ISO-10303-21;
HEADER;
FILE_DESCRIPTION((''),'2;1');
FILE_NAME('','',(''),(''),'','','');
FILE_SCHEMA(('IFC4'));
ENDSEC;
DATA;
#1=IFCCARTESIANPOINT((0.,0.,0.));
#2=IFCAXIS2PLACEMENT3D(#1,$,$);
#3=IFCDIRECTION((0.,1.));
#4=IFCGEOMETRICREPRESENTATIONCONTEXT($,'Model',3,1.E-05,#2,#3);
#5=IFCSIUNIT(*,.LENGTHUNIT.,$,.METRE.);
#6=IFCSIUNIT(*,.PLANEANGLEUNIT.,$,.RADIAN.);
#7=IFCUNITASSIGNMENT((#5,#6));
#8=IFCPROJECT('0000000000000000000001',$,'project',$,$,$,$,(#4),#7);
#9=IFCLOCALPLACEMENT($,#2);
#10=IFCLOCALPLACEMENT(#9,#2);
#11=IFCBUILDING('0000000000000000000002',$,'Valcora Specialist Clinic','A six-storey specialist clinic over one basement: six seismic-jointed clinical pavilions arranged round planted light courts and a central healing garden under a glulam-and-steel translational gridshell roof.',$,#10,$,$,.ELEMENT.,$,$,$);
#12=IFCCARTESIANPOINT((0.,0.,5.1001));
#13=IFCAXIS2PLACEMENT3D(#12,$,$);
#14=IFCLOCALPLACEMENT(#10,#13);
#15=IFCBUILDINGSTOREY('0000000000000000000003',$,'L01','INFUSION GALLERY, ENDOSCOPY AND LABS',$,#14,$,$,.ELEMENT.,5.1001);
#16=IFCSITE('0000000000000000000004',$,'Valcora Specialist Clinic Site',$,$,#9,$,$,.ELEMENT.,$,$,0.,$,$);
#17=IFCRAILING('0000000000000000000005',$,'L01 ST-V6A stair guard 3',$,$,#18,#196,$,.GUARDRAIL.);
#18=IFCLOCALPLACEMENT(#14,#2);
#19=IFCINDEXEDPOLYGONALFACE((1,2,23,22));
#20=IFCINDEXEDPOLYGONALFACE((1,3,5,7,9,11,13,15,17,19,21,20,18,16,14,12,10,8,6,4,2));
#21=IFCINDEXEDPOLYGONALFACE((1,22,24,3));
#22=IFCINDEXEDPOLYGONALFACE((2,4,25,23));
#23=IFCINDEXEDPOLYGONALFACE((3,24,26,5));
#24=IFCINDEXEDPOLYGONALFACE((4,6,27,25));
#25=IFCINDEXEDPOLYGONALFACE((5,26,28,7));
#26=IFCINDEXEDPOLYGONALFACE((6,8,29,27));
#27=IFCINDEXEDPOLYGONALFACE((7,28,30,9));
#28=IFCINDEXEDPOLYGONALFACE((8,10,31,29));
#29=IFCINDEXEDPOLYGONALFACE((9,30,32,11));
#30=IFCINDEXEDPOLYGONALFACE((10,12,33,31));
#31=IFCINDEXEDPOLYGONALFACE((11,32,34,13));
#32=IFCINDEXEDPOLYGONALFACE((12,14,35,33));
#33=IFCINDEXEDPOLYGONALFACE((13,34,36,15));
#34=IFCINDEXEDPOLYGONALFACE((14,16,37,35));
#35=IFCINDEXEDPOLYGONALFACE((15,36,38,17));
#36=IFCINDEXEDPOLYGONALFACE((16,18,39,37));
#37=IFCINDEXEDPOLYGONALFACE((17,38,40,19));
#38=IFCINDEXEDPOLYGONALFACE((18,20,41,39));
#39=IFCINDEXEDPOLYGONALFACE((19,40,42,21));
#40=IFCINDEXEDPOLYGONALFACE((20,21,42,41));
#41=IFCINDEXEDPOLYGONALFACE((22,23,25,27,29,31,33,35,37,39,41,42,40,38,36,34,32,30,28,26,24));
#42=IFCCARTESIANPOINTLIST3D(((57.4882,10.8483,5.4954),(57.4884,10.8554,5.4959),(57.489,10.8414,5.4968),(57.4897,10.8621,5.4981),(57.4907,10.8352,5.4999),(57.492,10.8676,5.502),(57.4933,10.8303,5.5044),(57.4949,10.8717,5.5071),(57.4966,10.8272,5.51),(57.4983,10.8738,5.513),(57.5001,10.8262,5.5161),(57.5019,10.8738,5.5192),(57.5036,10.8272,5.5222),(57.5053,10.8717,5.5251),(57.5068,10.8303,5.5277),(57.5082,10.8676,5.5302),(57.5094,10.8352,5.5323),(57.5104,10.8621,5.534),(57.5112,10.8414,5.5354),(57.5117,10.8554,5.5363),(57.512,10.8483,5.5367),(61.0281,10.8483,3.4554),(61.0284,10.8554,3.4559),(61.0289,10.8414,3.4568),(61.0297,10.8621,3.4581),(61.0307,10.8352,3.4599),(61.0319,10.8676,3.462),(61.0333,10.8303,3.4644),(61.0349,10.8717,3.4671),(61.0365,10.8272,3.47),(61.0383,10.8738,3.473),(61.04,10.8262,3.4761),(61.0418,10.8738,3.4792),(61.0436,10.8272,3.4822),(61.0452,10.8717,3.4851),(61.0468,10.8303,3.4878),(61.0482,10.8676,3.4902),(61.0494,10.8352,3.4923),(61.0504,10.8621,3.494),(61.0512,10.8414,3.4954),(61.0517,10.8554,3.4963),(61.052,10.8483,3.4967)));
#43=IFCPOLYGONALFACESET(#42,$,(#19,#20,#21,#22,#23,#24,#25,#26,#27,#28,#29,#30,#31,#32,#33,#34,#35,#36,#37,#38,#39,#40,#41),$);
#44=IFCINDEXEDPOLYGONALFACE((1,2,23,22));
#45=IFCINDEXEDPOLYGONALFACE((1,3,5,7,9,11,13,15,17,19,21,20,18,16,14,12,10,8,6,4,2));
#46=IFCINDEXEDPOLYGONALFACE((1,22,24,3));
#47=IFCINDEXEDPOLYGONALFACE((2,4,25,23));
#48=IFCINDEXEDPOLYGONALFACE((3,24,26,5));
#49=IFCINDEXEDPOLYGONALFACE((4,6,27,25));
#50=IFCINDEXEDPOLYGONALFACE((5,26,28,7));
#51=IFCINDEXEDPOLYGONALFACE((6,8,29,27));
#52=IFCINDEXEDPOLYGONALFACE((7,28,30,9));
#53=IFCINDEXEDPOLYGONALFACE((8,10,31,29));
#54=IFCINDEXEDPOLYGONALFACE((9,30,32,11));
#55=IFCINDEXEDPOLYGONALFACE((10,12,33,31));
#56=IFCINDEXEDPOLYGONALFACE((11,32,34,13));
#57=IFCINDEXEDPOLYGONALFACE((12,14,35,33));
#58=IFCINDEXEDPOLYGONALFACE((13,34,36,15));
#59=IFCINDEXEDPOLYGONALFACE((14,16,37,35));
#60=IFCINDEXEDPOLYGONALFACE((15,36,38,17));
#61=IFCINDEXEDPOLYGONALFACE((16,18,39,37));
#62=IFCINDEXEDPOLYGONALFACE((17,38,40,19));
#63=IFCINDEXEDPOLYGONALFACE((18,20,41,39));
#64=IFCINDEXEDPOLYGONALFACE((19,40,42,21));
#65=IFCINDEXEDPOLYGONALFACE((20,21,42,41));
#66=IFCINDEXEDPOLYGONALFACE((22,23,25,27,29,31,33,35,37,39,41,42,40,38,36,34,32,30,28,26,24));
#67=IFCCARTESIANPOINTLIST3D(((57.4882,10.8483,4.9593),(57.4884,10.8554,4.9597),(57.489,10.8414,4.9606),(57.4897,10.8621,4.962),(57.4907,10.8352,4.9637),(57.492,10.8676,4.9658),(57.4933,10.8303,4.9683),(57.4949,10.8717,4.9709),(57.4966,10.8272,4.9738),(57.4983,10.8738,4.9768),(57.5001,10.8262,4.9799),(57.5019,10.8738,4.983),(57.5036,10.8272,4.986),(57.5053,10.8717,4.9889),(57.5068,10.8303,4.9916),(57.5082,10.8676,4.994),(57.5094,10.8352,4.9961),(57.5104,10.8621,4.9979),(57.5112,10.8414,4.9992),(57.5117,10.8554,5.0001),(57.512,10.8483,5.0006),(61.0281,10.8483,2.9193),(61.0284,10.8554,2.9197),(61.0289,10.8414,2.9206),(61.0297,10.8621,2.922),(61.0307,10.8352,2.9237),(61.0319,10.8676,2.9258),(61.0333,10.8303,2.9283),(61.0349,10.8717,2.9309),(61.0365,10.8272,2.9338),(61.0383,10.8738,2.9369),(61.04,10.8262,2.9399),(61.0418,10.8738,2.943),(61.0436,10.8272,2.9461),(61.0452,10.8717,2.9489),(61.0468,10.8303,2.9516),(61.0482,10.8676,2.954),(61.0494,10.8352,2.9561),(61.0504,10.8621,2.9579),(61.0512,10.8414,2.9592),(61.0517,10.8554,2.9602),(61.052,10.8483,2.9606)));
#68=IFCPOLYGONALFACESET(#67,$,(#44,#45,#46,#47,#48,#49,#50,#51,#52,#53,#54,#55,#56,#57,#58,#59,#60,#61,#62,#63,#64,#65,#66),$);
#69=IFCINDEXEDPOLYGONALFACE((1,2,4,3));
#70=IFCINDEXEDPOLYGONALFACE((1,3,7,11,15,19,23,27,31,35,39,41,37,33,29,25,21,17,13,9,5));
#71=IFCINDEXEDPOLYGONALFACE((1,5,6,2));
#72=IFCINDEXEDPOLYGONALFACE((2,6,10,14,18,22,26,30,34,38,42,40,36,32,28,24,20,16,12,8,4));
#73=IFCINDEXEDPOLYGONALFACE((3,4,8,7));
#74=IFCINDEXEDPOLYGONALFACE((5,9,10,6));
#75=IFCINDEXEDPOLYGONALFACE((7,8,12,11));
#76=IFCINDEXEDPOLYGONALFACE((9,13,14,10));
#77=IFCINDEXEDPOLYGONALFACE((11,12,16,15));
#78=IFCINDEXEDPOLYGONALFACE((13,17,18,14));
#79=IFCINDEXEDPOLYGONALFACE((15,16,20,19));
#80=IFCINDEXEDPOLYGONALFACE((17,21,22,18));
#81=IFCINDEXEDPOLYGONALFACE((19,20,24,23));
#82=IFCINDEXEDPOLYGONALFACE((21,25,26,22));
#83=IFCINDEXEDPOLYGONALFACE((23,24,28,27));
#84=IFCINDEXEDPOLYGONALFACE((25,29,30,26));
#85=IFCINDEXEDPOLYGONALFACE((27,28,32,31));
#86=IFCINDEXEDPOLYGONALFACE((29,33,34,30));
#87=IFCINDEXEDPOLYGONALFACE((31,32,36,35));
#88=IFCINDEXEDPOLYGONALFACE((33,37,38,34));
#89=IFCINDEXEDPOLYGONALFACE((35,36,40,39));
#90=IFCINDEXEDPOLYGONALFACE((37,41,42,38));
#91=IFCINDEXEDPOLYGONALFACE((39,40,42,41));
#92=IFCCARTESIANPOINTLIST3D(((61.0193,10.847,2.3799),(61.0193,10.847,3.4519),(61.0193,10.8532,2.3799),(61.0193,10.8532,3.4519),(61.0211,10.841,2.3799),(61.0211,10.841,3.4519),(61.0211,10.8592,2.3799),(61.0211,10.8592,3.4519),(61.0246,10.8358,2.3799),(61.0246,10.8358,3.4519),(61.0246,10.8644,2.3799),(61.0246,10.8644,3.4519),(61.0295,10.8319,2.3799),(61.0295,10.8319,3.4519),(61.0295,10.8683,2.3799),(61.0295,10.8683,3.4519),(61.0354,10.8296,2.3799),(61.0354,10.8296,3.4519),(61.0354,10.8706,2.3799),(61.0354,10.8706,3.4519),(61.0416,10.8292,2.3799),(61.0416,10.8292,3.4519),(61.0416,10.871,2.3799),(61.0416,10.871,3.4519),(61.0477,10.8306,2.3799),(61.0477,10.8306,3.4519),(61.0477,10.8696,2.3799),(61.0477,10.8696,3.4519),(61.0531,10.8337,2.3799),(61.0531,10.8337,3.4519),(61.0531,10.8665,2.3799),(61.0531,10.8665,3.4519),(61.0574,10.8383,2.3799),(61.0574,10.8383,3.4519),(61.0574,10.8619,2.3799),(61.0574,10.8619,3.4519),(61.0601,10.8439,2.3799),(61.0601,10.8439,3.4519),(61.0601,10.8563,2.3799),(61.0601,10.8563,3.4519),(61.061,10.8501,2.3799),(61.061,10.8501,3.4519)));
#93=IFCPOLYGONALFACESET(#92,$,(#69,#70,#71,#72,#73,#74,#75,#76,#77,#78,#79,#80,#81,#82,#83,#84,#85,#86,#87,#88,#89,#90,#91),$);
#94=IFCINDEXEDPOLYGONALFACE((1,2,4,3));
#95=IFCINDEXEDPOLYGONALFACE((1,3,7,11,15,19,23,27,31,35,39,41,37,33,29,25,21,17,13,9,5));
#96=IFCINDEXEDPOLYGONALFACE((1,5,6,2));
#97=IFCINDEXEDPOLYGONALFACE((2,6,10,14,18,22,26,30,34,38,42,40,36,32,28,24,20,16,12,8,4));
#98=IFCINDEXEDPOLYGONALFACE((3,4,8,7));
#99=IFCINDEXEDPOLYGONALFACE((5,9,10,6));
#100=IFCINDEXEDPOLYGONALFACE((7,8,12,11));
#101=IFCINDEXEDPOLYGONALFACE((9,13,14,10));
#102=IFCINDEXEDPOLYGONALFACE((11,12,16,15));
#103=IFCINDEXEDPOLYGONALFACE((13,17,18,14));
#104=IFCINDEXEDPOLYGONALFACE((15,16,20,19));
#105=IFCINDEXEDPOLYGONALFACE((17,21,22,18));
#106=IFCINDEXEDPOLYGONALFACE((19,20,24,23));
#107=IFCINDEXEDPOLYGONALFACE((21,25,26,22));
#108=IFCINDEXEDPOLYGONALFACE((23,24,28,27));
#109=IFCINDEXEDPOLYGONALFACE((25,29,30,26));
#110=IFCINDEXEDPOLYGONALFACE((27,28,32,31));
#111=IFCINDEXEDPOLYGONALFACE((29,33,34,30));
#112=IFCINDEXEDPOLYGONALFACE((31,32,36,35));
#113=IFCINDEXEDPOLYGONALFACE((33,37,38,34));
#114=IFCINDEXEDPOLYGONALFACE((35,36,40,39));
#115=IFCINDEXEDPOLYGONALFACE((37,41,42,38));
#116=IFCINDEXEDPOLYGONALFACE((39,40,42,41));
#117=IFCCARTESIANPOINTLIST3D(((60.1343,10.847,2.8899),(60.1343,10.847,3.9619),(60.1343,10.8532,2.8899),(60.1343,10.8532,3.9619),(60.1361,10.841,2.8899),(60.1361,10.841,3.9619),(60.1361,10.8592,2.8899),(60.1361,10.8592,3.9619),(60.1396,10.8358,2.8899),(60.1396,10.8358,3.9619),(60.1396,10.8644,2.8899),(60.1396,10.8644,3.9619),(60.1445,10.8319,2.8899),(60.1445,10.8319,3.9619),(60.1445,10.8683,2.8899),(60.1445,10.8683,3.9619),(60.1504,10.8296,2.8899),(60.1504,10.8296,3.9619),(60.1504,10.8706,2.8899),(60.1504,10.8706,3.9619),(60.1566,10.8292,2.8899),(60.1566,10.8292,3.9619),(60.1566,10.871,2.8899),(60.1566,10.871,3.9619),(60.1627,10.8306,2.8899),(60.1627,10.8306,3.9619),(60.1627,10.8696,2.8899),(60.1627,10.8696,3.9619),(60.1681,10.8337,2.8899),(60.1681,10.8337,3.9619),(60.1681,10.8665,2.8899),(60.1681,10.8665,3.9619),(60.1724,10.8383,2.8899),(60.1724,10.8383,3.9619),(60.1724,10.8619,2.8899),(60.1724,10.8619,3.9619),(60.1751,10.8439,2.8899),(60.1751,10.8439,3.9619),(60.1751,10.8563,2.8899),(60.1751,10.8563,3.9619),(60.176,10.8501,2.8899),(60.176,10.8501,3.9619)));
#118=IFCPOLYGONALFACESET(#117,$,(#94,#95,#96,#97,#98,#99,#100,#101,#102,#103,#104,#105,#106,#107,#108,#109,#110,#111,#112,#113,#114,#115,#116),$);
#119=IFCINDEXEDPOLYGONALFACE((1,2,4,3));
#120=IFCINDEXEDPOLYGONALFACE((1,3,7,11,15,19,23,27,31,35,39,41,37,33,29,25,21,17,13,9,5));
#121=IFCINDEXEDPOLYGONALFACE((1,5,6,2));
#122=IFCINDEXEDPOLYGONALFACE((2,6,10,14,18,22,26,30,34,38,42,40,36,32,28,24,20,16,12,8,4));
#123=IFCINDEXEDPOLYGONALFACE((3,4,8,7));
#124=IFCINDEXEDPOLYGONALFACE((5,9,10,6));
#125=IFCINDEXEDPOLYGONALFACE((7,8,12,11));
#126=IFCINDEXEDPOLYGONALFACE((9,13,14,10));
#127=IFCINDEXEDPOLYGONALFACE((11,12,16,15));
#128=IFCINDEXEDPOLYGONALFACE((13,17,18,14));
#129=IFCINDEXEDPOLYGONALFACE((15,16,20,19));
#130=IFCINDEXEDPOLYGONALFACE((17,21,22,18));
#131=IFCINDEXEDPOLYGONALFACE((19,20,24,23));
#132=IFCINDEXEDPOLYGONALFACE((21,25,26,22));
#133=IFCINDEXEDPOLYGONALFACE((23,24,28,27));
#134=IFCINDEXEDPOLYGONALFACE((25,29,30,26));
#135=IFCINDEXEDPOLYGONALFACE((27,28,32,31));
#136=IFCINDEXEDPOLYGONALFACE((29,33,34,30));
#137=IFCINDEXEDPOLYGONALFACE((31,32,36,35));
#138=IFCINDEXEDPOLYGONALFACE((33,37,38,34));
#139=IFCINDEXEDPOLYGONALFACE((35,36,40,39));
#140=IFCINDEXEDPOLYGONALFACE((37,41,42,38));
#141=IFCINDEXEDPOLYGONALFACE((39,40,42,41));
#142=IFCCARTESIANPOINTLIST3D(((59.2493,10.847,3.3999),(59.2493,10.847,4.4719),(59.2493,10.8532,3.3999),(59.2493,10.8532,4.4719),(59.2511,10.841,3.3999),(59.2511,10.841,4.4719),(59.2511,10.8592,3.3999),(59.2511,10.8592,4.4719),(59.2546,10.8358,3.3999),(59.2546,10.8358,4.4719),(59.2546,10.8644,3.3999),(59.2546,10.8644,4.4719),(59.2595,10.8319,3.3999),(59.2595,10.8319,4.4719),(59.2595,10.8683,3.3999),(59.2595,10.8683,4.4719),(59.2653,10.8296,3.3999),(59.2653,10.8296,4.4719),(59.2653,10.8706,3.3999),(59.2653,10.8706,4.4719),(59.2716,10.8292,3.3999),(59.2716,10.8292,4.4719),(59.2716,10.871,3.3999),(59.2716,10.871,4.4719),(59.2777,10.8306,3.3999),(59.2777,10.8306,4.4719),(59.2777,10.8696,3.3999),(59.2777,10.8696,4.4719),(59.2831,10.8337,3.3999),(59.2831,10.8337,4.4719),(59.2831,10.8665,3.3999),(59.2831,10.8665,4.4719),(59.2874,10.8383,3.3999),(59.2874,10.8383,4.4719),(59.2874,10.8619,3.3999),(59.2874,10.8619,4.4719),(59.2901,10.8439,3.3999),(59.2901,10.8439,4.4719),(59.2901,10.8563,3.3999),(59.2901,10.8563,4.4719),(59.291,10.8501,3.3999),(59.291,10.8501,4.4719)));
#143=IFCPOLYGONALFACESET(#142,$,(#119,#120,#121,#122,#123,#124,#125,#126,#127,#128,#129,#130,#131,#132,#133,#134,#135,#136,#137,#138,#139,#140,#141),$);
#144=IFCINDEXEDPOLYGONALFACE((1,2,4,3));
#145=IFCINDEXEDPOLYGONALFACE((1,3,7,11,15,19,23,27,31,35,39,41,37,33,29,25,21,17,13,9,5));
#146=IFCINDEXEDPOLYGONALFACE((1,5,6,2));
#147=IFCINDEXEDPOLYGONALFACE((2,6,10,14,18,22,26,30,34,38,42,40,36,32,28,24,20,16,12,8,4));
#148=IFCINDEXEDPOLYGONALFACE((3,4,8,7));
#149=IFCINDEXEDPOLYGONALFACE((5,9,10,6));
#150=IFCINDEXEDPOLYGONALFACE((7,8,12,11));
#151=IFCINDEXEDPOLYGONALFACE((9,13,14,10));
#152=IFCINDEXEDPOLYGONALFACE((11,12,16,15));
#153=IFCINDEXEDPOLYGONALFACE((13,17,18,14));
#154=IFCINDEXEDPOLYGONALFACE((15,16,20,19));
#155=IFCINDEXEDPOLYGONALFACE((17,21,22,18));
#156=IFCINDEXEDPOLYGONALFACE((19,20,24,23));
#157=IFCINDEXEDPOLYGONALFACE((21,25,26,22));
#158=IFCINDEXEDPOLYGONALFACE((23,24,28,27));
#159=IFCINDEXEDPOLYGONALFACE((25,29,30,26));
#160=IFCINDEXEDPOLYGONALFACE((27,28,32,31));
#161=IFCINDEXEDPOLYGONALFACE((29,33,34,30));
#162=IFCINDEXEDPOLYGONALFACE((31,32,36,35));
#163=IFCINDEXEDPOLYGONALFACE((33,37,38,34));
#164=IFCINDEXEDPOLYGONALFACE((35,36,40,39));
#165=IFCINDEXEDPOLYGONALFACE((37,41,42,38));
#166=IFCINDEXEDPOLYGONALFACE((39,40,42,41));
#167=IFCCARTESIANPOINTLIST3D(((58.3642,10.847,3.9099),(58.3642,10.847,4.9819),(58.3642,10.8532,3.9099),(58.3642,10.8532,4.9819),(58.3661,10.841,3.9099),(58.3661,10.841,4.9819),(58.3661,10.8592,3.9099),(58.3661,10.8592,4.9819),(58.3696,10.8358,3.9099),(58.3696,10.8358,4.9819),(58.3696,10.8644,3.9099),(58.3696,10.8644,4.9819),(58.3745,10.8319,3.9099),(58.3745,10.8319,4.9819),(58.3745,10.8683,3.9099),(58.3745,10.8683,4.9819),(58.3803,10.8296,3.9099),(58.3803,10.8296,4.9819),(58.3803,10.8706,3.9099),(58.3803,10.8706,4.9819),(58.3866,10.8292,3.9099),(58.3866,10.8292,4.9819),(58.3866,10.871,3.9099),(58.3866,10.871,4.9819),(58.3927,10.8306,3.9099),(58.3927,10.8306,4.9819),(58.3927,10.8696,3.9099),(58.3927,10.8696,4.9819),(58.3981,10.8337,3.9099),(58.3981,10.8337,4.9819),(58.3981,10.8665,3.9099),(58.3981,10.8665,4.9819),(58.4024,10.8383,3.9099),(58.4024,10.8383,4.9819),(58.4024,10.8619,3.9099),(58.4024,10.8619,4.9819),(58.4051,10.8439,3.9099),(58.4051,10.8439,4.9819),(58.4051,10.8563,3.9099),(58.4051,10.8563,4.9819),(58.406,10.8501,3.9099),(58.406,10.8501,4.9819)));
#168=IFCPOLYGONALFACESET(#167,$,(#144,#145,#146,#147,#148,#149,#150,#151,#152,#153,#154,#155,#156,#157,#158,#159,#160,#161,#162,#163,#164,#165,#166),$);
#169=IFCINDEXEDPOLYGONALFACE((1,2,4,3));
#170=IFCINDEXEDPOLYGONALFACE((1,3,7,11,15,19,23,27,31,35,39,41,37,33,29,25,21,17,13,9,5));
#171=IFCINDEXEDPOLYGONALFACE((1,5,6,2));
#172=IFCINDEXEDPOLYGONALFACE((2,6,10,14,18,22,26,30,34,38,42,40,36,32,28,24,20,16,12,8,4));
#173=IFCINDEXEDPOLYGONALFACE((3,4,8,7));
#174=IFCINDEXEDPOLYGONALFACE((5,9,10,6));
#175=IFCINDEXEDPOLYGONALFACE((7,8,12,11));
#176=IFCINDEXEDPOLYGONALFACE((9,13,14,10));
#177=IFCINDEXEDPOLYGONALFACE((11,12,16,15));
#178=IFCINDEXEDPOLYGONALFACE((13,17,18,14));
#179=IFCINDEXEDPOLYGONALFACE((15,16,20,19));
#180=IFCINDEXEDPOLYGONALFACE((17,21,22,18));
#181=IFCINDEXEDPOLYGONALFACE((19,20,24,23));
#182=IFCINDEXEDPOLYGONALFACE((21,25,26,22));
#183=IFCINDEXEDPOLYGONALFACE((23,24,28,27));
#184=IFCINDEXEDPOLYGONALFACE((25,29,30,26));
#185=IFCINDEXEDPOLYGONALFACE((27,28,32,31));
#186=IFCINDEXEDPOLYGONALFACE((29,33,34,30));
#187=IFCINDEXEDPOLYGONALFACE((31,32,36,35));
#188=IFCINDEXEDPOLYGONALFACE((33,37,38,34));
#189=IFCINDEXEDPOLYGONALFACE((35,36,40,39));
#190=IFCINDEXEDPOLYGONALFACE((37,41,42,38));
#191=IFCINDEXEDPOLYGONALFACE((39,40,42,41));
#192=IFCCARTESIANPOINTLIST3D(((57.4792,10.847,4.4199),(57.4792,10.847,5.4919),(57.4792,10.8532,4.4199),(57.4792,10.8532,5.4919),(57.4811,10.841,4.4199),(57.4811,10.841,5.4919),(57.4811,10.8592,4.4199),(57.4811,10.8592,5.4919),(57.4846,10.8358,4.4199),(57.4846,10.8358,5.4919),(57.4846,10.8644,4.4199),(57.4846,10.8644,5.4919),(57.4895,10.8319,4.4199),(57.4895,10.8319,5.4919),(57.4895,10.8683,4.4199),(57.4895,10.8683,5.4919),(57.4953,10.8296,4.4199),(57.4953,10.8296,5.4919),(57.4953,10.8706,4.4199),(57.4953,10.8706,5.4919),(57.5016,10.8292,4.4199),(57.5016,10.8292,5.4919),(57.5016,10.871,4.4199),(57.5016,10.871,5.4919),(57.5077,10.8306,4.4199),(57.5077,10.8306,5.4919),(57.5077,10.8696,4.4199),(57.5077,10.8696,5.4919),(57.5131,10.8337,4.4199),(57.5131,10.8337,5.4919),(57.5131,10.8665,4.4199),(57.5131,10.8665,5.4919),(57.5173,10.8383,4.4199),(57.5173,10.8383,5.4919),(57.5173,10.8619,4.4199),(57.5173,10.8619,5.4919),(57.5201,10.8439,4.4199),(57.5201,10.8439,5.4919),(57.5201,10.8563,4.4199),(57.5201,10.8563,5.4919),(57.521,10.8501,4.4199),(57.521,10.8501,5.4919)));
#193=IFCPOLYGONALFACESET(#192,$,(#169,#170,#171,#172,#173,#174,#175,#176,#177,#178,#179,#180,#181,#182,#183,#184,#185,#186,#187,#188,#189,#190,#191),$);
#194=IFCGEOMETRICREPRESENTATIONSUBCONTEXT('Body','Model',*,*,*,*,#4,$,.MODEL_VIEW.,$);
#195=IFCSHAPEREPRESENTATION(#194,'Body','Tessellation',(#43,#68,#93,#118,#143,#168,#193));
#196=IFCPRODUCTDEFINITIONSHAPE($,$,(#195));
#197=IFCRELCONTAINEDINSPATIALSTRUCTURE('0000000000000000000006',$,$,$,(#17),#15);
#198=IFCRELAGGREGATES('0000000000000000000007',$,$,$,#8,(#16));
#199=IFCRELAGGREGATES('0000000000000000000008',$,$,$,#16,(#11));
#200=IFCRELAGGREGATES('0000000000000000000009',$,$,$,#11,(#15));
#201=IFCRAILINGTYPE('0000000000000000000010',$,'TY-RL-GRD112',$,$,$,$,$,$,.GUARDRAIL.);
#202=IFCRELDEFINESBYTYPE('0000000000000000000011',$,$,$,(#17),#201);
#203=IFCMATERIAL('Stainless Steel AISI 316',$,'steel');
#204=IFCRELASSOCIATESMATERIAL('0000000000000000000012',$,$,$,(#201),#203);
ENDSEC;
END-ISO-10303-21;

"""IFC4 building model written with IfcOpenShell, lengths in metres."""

from ifc_helpers import new_model, si_unit, direction, frame, origin, origin_2d, place, context, subcontext, project, spatial, circle, extrude, material, type_object, element, save


model = new_model("IFC4")

# Units and contexts
model_context = context("Model", 3, precision=1e-05, world=origin(), true_north=direction((0.0, 1.0)))
body_context = subcontext(model_context, "Body", "Model", "MODEL_VIEW")
ifc_project = project(units=[si_unit("LENGTHUNIT", "METRE"), si_unit("PLANEANGLEUNIT", "RADIAN")], contexts=[model_context])

# Site, building, storey
site_placement = place(None, origin())
site = spatial("IfcSite", under=ifc_project, at=site_placement, Name="Valcora Specialist Clinic Site", CompositionType="ELEMENT", RefElevation=0.0)
building_placement = place(site_placement, origin())
building = spatial("IfcBuilding", under=site, at=building_placement, Name="Valcora Specialist Clinic", Description="A six-storey specialist clinic over one basement: six seismic-jointed clinical pavilions arranged round planted light courts and a central healing garden under a glulam-and-steel translational gridshell roof.", CompositionType="ELEMENT")
storey_placement = place(building_placement, frame((0.0, 0.0, 5.1001)))
storey = spatial("IfcBuildingStorey", under=building, at=storey_placement, Name="L01", Description="INFUSION GALLERY, ENDOSCOPY AND LABS", CompositionType="ELEMENT", Elevation=5.1001)

# Railing
ifc_material_1 = material(Name="Stainless Steel AISI 316", Category="steel")
railing_type_1 = type_object("IfcRailingType", Name="TY-RL-GRD112", PredefinedType="GUARDRAIL", material=ifc_material_1)
railing_1_placement = place(storey_placement, frame((61.04, 10.8501, 2.3799)))
element("IfcRailing", 1, at=railing_1_placement, inside=storey, type_object=railing_type_1, Name="L01 ST-V6A stair guard 3", PredefinedType="GUARDRAIL", context=body_context, shape_type="SweptSolid", body=[
    extrude(circle(Radius=0.0239, at=origin_2d()), frame((0.0, 0.0, 1.0962), z_axis=(-0.866428, 0.0, 0.499302), x_axis=(0.0, -1.0, 0.0)), (0.0, 0.0, 1.0), 4.0857),
    extrude(circle(Radius=0.0239, at=origin_2d()), frame((0.0, 0.0, 0.5601), z_axis=(-0.866428, 0.0, 0.499302), x_axis=(0.0, -1.0, 0.0)), (0.0, 0.0, 1.0), 4.0857),
    extrude(circle(Radius=0.021, at=origin_2d()), origin(), (0.0, 0.0, 1.0), 1.072),
    extrude(circle(Radius=0.021, at=origin_2d()), frame((-0.885, 0.0, 0.51)), (0.0, 0.0, 1.0), 1.072),
    extrude(circle(Radius=0.021, at=origin_2d()), frame((-1.77, 0.0, 1.02)), (0.0, 0.0, 1.0), 1.072),
    extrude(circle(Radius=0.021, at=origin_2d()), frame((-2.655, 0.0, 1.53)), (0.0, 0.0, 1.0), 1.072),
    extrude(circle(Radius=0.021, at=origin_2d()), frame((-3.54, 0.0, 2.04)), (0.0, 0.0, 1.0), 1.072),
])

save(model, "model.ifc")
